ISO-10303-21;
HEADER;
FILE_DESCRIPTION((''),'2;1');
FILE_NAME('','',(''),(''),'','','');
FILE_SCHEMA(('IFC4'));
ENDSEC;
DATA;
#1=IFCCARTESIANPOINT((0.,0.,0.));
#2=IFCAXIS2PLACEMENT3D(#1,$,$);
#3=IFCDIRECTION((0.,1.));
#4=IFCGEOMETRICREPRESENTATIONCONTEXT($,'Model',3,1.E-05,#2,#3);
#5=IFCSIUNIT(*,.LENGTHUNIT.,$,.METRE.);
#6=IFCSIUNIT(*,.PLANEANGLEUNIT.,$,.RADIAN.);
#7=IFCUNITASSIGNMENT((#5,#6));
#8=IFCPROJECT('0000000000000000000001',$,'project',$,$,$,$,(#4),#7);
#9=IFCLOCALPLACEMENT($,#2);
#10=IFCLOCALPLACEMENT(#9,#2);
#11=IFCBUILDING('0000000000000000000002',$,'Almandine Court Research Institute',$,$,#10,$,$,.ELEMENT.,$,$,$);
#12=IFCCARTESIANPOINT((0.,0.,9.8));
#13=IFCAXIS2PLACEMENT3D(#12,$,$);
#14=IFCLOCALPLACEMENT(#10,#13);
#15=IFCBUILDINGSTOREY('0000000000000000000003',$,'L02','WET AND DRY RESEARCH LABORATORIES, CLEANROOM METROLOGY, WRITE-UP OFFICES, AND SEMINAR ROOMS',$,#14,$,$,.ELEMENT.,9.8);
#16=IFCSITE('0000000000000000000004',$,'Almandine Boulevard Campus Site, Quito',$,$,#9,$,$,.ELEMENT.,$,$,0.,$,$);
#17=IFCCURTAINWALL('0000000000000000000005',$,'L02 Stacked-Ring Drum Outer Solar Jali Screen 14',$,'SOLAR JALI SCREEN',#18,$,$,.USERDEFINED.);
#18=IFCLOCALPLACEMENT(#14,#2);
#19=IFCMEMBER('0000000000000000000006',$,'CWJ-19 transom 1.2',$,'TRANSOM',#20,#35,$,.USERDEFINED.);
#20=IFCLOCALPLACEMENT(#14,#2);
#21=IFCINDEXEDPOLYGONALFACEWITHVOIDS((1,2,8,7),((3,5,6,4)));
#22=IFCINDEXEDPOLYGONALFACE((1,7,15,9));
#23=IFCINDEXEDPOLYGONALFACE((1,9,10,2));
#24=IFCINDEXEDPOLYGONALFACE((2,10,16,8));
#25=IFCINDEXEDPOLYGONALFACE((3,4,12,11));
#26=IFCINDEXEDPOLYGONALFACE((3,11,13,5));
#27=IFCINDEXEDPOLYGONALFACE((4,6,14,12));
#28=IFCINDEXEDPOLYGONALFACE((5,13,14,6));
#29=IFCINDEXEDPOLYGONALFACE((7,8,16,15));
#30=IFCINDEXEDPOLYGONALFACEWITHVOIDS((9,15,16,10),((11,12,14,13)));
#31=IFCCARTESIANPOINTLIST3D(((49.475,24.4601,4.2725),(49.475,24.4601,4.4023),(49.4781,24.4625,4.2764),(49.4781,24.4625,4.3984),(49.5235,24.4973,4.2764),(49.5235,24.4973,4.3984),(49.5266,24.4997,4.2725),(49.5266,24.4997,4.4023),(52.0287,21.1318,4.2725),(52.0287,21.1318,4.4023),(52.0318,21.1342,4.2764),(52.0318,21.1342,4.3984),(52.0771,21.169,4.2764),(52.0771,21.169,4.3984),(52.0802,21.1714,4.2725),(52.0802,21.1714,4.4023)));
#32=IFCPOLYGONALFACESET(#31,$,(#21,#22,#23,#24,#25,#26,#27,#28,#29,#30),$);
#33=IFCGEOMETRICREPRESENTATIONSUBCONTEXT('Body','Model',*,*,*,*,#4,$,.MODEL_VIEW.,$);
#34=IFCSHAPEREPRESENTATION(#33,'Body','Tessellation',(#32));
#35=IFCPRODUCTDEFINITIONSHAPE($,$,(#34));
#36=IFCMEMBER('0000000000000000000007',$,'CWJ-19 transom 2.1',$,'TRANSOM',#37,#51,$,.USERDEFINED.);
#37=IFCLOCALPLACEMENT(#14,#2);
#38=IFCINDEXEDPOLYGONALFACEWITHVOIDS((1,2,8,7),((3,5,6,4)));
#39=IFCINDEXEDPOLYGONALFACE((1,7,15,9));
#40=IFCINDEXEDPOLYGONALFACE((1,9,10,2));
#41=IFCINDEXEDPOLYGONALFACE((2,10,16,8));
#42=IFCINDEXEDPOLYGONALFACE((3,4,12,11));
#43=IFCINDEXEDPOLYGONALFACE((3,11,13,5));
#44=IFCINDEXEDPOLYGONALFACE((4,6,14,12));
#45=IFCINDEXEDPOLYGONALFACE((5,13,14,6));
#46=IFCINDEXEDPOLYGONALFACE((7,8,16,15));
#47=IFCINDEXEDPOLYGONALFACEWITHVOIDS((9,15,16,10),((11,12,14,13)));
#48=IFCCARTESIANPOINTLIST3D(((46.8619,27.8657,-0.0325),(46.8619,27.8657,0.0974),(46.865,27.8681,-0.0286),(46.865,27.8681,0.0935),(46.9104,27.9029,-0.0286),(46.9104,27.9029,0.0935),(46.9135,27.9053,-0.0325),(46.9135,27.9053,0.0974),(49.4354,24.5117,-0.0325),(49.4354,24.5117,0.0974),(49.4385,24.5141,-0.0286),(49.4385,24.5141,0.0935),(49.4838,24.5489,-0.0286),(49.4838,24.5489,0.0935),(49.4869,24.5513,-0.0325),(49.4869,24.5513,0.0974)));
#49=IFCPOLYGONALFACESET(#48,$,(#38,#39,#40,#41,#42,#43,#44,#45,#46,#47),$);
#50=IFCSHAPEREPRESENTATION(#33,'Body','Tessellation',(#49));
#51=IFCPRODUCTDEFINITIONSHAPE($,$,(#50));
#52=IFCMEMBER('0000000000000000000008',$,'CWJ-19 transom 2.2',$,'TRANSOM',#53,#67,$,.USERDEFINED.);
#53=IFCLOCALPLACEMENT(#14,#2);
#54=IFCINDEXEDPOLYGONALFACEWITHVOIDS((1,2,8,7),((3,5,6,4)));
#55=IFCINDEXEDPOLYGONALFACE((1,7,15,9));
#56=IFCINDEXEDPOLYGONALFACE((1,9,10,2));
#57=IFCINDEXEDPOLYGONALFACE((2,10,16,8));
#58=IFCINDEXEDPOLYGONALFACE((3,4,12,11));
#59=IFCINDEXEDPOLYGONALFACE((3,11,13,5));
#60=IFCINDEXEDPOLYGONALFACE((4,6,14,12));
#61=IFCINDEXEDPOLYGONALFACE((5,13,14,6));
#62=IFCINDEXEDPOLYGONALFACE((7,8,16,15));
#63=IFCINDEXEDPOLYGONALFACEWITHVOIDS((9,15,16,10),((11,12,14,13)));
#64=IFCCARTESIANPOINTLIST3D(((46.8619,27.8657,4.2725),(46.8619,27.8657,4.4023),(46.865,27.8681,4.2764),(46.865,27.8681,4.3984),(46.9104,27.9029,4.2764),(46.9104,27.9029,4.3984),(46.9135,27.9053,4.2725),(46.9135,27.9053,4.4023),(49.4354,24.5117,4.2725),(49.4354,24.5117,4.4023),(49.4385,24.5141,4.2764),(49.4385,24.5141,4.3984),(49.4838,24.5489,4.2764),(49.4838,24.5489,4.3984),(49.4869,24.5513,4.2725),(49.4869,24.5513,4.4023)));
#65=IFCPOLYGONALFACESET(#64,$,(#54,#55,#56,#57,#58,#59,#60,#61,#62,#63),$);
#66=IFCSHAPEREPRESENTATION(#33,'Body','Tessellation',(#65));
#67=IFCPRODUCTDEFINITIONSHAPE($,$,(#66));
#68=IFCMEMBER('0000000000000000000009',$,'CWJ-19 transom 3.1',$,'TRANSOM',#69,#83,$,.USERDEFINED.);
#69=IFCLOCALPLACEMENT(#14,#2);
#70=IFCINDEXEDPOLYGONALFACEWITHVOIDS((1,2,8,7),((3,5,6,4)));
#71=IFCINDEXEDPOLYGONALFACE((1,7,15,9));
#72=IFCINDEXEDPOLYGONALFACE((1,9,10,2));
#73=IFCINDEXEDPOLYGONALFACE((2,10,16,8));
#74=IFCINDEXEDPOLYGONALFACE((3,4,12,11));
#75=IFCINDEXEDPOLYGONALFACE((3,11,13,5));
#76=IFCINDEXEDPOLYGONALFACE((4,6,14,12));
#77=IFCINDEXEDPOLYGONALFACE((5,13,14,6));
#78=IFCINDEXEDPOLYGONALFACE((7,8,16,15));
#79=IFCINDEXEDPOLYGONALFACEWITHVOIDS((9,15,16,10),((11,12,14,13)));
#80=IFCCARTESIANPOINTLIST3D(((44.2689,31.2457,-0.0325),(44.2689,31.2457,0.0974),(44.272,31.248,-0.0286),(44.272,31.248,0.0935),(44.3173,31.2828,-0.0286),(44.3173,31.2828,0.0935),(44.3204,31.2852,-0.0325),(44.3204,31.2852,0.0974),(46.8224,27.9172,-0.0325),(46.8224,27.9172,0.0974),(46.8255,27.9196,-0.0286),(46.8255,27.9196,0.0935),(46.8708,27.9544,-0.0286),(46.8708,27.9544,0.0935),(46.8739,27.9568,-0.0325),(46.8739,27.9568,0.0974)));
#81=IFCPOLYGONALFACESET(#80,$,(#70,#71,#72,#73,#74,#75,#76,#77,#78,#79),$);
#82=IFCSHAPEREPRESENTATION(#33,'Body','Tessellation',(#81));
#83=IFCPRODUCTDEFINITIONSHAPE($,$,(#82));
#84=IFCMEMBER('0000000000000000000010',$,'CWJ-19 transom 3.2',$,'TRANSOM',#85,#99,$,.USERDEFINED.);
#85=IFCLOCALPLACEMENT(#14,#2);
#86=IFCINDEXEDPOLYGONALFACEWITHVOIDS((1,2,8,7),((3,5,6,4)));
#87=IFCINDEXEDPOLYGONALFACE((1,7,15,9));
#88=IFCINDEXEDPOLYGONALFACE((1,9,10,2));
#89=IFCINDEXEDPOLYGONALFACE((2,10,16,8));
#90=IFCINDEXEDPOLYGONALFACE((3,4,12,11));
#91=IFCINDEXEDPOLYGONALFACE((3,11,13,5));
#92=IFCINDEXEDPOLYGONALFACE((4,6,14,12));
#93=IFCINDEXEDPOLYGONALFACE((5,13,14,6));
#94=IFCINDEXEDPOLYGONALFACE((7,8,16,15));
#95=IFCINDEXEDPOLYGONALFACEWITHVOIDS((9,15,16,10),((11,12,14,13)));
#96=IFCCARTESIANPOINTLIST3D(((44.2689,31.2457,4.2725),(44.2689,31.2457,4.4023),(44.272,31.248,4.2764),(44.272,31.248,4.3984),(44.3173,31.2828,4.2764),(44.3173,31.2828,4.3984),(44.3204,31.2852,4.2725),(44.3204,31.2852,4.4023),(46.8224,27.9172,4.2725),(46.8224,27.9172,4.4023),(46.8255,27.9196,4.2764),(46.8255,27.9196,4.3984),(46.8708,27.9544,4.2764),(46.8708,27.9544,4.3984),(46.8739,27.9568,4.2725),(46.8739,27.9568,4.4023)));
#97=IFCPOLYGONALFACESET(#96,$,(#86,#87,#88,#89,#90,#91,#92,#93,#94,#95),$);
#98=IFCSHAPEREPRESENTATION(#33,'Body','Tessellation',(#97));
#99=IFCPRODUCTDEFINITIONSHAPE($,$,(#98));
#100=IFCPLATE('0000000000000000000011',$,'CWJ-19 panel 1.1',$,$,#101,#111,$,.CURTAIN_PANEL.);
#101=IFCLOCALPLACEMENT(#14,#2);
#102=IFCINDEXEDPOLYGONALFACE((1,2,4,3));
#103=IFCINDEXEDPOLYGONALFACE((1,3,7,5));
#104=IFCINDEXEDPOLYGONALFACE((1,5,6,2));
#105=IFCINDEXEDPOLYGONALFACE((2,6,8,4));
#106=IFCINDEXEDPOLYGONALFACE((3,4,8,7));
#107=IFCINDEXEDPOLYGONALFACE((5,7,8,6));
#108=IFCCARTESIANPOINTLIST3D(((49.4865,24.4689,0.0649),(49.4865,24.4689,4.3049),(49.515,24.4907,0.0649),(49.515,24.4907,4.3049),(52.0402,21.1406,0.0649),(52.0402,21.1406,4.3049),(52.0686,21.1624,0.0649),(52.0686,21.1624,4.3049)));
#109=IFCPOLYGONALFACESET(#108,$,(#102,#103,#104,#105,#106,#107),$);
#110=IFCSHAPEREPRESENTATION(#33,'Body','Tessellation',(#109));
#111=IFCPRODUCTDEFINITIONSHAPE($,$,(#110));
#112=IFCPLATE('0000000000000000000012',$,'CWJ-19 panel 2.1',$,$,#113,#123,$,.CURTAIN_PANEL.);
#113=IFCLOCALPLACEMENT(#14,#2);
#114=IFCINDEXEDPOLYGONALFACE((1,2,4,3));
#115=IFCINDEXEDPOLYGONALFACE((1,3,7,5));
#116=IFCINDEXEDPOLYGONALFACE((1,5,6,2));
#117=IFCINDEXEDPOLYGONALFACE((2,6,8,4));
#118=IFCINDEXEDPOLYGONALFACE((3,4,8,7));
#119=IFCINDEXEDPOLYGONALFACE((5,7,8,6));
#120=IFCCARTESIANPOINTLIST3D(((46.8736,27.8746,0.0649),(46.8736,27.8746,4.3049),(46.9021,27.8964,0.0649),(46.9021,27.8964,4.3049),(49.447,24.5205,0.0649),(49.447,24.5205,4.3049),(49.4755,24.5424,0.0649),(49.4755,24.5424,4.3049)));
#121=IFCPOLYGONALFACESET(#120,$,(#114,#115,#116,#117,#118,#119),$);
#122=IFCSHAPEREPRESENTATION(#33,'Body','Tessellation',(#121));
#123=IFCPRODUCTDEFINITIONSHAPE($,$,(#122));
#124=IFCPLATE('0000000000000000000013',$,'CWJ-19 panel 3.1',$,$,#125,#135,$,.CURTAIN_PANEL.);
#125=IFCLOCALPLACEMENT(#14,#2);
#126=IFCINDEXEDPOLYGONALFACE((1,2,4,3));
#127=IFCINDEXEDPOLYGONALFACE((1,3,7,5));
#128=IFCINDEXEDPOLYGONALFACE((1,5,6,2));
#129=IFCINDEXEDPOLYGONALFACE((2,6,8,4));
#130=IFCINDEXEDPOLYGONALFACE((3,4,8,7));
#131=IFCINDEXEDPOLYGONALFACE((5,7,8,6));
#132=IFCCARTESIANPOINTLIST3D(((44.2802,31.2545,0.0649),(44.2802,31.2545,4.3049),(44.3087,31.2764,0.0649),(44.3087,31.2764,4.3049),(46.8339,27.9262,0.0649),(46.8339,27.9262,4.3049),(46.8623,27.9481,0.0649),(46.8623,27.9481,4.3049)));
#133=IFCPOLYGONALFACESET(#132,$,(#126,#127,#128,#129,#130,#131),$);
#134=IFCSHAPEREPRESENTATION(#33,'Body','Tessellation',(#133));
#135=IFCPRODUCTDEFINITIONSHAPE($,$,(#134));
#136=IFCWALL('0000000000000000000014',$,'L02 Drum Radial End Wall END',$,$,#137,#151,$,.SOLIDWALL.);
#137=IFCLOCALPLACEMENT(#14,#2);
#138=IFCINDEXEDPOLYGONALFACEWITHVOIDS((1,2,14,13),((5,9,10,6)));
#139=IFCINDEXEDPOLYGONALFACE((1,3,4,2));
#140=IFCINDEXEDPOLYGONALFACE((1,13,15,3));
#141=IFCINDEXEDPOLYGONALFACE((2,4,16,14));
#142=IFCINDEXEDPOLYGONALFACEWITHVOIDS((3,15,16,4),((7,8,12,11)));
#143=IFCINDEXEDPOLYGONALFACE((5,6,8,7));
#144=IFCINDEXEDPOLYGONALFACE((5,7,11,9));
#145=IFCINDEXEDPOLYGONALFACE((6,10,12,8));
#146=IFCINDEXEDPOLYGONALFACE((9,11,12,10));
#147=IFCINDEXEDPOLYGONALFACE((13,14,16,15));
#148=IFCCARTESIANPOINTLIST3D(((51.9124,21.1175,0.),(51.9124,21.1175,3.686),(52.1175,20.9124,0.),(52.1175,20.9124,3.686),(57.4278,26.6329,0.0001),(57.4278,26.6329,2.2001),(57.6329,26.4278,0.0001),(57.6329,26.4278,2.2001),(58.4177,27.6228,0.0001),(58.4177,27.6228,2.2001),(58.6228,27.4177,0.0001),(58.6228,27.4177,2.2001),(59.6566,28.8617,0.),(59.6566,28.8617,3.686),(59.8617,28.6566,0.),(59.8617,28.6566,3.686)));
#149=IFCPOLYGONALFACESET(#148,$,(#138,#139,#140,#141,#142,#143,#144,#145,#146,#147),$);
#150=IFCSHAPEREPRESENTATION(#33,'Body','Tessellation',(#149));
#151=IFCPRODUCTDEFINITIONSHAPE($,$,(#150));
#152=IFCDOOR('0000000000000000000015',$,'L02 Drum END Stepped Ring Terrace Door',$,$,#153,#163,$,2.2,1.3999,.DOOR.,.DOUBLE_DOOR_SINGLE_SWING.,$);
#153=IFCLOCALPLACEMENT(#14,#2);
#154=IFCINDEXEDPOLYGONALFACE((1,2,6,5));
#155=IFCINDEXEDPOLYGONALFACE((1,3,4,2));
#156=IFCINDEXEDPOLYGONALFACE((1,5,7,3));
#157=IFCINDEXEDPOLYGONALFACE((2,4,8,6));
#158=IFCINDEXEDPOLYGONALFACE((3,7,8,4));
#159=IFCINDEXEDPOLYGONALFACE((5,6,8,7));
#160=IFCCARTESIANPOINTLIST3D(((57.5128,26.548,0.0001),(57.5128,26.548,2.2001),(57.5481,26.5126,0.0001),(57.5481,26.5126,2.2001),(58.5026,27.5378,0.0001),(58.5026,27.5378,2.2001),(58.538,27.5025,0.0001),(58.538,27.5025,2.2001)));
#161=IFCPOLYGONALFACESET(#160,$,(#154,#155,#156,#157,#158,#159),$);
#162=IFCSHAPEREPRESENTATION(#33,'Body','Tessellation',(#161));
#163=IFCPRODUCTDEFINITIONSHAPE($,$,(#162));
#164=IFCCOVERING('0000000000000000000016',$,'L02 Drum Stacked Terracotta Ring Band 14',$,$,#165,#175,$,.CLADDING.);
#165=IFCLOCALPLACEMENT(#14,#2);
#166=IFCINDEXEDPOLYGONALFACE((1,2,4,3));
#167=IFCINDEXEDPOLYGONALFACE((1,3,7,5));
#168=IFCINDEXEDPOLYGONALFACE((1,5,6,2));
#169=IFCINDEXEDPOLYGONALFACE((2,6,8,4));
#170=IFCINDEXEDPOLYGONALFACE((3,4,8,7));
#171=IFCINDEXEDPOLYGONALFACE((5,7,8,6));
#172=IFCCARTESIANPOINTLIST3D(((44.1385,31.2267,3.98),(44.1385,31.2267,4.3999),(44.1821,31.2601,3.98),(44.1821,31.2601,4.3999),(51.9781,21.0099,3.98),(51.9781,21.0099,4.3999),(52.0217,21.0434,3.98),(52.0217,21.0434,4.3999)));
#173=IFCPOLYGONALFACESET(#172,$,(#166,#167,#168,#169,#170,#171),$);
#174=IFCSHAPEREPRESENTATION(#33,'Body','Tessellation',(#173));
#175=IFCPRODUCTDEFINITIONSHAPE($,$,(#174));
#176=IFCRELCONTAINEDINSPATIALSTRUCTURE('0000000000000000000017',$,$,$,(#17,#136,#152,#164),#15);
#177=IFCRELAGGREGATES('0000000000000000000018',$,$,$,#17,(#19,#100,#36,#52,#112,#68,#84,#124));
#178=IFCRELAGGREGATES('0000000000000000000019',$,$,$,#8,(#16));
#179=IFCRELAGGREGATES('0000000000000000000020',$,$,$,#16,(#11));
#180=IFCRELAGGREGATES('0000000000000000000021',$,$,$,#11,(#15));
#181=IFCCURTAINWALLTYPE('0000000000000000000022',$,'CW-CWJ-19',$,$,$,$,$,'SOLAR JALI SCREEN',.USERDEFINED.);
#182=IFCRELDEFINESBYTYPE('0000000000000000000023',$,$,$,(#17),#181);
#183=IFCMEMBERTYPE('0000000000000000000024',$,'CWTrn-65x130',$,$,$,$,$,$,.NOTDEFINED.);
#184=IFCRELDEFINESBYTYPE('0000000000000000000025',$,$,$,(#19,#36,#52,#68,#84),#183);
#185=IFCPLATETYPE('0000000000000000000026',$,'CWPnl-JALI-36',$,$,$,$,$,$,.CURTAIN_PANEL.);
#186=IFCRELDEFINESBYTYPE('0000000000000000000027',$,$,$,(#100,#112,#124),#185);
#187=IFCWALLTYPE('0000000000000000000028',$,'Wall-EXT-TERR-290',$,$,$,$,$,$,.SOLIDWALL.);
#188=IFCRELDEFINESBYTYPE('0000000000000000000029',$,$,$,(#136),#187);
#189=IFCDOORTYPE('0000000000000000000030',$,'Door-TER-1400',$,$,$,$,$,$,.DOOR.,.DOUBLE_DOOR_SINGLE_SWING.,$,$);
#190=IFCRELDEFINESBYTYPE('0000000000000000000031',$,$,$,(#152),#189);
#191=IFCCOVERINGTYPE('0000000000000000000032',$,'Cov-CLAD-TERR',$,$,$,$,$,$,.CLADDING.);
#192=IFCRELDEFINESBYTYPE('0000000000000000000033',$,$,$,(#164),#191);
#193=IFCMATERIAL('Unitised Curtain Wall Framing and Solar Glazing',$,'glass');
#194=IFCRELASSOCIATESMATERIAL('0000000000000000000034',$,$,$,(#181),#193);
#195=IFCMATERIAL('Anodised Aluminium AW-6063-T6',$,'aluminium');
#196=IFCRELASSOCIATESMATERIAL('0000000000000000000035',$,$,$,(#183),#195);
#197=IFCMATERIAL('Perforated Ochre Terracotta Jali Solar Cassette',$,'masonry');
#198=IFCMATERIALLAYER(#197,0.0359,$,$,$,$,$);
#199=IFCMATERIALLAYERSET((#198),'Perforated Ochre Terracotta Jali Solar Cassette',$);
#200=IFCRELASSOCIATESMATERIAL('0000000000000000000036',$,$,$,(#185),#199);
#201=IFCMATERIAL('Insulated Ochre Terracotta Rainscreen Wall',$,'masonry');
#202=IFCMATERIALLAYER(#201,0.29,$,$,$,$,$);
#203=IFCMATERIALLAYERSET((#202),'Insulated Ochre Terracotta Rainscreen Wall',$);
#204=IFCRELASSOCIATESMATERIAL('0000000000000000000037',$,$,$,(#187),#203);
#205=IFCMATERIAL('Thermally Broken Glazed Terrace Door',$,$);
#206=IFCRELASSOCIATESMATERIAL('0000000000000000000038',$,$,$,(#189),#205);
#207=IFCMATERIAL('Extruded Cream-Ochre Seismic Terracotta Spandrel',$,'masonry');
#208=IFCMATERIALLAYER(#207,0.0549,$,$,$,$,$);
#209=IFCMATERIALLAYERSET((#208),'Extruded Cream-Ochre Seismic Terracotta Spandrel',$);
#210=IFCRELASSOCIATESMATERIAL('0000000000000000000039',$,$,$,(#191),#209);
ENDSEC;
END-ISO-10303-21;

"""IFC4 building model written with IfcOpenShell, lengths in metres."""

from ifc_helpers import new_model, si_unit, direction, frame, frame_2d, origin, origin_2d, place, context, subcontext, project, spatial, rectangle, hollow_rectangle, extrude, material, layer, layer_set, material_profile, profile_set, type_object, element, fill, aggregate, save


model = new_model("IFC4")

# Units and contexts
model_context = context("Model", 3, precision=1e-05, world=origin(), true_north=direction((0.0, 1.0)))
body_context = subcontext(model_context, "Body", "Model", "MODEL_VIEW")
ifc_project = project(units=[si_unit("LENGTHUNIT", "METRE"), si_unit("PLANEANGLEUNIT", "RADIAN")], contexts=[model_context])

# Site, building, storey
site_placement = place(None, origin())
site = spatial("IfcSite", under=ifc_project, at=site_placement, Name="Almandine Boulevard Campus Site, Quito", CompositionType="ELEMENT", RefElevation=0.0)
building_placement = place(site_placement, origin())
building = spatial("IfcBuilding", under=site, at=building_placement, Name="Almandine Court Research Institute", CompositionType="ELEMENT")
storey_placement = place(building_placement, frame((0.0, 0.0, 9.8)))
storey = spatial("IfcBuildingStorey", under=building, at=storey_placement, Name="L02", Description="WET AND DRY RESEARCH LABORATORIES, CLEANROOM METROLOGY, WRITE-UP OFFICES, AND SEMINAR ROOMS", CompositionType="ELEMENT", Elevation=9.8)

# Shared definitions
ifc_material_1 = material(Name="Unitised Curtain Wall Framing and Solar Glazing", Category="glass")
curtain_wall_type = type_object("IfcCurtainWallType", Name="CW-CWJ-19", ElementType="SOLAR JALI SCREEN", PredefinedType="USERDEFINED", material=ifc_material_1)
ifc_material_2 = material(Name="Anodised Aluminium AW-6063-T6", Category="aluminium")

# Curtain wall
curtain_wall_1_placement = place(storey_placement, origin())
curtain_wall_1 = element("IfcCurtainWall", 1, at=curtain_wall_1_placement, inside=storey, type_object=curtain_wall_type, Name="L02 Stacked-Ring Drum Outer Solar Jali Screen 14", ObjectType="SOLAR JALI SCREEN", PredefinedType="USERDEFINED")

# Members
ifc_material_profile_1 = material_profile(ifc_material_2, hollow_rectangle(XDim=0.0649, YDim=0.1299, WallThickness=0.0039, at=origin_2d()), Name="ALU RHS 65x130x4")
ifc_profile_set_1 = profile_set([ifc_material_profile_1], Name="Anodised Aluminium AW-6063-T6")
member_type_1 = type_object("IfcMemberType", Name="CWTrn-65x130", PredefinedType="NOTDEFINED", material=ifc_profile_set_1)
member_1_placement = place(storey_placement, frame((52.0544, 21.1516, 4.3374), z_axis=(-0.608726, 0.793381, 0.0), x_axis=(-0.793381, -0.608726, 0.0)))
member_1 = element("IfcMember", 2, at=member_1_placement, type_object=member_type_1, Name="CWJ-19 transom 1.2", ObjectType="TRANSOM", PredefinedType="USERDEFINED", context=body_context, shape_type="SweptSolid", body=[
    extrude(hollow_rectangle(XDim=0.0649, YDim=0.1299, WallThickness=0.0039, at=origin_2d()), origin(), (0.0, 0.0, 1.0), 4.1951),
])
member_2_placement = place(storey_placement, frame((49.4612, 24.5315, 0.0325), z_axis=(-0.608742, 0.793368, 0.0), x_axis=(-0.793368, -0.608742, 0.0)))
member_2 = element("IfcMember", 3, at=member_2_placement, type_object=member_type_1, Name="CWJ-19 transom 2.1", ObjectType="TRANSOM", PredefinedType="USERDEFINED", context=body_context, shape_type="SweptSolid", body=[
    extrude(hollow_rectangle(XDim=0.0649, YDim=0.1299, WallThickness=0.0039, at=origin_2d()), origin(), (0.0, 0.0, 1.0), 4.2275),
])
member_3_placement = place(storey_placement, frame((49.4612, 24.5315, 4.3374), z_axis=(-0.608742, 0.793368, 0.0), x_axis=(-0.793368, -0.608742, 0.0)))
member_3 = element("IfcMember", 4, at=member_3_placement, type_object=member_type_1, Name="CWJ-19 transom 2.2", ObjectType="TRANSOM", PredefinedType="USERDEFINED", context=body_context, shape_type="SweptSolid", body=[
    extrude(hollow_rectangle(XDim=0.0649, YDim=0.1299, WallThickness=0.0039, at=origin_2d()), origin(), (0.0, 0.0, 1.0), 4.2275),
])
member_4_placement = place(storey_placement, frame((46.8481, 27.937, 0.0325), z_axis=(-0.608689, 0.793409, 0.0), x_axis=(-0.793409, -0.608689, 0.0)))
member_4 = element("IfcMember", 5, at=member_4_placement, type_object=member_type_1, Name="CWJ-19 transom 3.1", ObjectType="TRANSOM", PredefinedType="USERDEFINED", context=body_context, shape_type="SweptSolid", body=[
    extrude(hollow_rectangle(XDim=0.0649, YDim=0.1299, WallThickness=0.0039, at=origin_2d()), origin(), (0.0, 0.0, 1.0), 4.1951),
])
member_5_placement = place(storey_placement, frame((46.8481, 27.937, 4.3374), z_axis=(-0.608689, 0.793409, 0.0), x_axis=(-0.793409, -0.608689, 0.0)))
member_5 = element("IfcMember", 6, at=member_5_placement, type_object=member_type_1, Name="CWJ-19 transom 3.2", ObjectType="TRANSOM", PredefinedType="USERDEFINED", context=body_context, shape_type="SweptSolid", body=[
    extrude(hollow_rectangle(XDim=0.0649, YDim=0.1299, WallThickness=0.0039, at=origin_2d()), origin(), (0.0, 0.0, 1.0), 4.1951),
])

# Plates
ifc_material_3 = material(Name="Perforated Ochre Terracotta Jali Solar Cassette", Category="masonry")
ifc_layer_1 = layer(ifc_material_3, 0.0359)
ifc_layer_set_1 = layer_set([ifc_layer_1], Name="Perforated Ochre Terracotta Jali Solar Cassette")
plate_type = type_object("IfcPlateType", Name="CWPnl-JALI-36", PredefinedType="CURTAIN_PANEL", material=ifc_layer_set_1)
plate_1_placement = place(storey_placement, frame((50.7776, 22.8157, 0.0649), z_axis=(0.0, 0.0, 1.0), x_axis=(-0.608723, 0.793383, 0.0)))
plate_1 = element("IfcPlate", 7, at=plate_1_placement, type_object=plate_type, Name="CWJ-19 panel 1.1", PredefinedType="CURTAIN_PANEL", context=body_context, shape_type="SweptSolid", body=[
    extrude(rectangle(XDim=4.1951, YDim=0.0359, at=origin_2d()), origin(), (0.0, 0.0, 1.0), 4.24),
])
plate_2_placement = place(storey_placement, frame((48.1746, 26.2085, 0.0649), z_axis=(0.0, 0.0, 1.0), x_axis=(-0.608723, 0.793383, 0.0)))
plate_2 = element("IfcPlate", 8, at=plate_2_placement, type_object=plate_type, Name="CWJ-19 panel 2.1", PredefinedType="CURTAIN_PANEL", context=body_context, shape_type="SweptSolid", body=[
    extrude(rectangle(XDim=4.2275, YDim=0.0359, at=origin_2d()), origin(), (0.0, 0.0, 1.0), 4.24),
])
plate_3_placement = place(storey_placement, frame((45.5713, 29.6013, 0.0649), z_axis=(0.0, 0.0, 1.0), x_axis=(-0.608723, 0.793383, 0.0)))
plate_3 = element("IfcPlate", 9, at=plate_3_placement, type_object=plate_type, Name="CWJ-19 panel 3.1", PredefinedType="CURTAIN_PANEL", context=body_context, shape_type="SweptSolid", body=[
    extrude(rectangle(XDim=4.1951, YDim=0.0359, at=origin_2d()), origin(), (0.0, 0.0, 1.0), 4.24),
])
aggregate(curtain_wall_1, [member_1, plate_1, member_2, member_3, plate_2, member_4, member_5, plate_3])

# Wall, opening, door
ifc_material_4 = material(Name="Insulated Ochre Terracotta Rainscreen Wall", Category="masonry")
ifc_layer_2 = layer(ifc_material_4, 0.29)
ifc_layer_set_2 = layer_set([ifc_layer_2], Name="Insulated Ochre Terracotta Rainscreen Wall")
wall_type = type_object("IfcWallType", Name="Wall-EXT-TERR-290", PredefinedType="SOLIDWALL", material=ifc_layer_set_2)
wall_placement = place(storey_placement, frame((52.0149, 21.0149, 0.0), z_axis=(0.0, 0.0, 1.0), x_axis=(0.707107, 0.707107, 0.0)))
wall = element("IfcWall", 10, at=wall_placement, inside=storey, type_object=wall_type, Name="L02 Drum Radial End Wall END", PredefinedType="SOLIDWALL", context=body_context, shape_type="SweptSolid", body=[
    extrude(rectangle(XDim=10.9519, YDim=0.29, at=frame_2d((5.4761, 0.0))), origin(), (0.0, 0.0, 1.0), 3.686),
])
opening_placement = place(wall_placement, frame((7.8, 0.0, 0.0)))
opening = element("IfcOpeningElement", 11, at=opening_placement, cuts=wall, PredefinedType="OPENING", context=body_context, shape_type="SweptSolid", body=[
    extrude(rectangle(XDim=1.3999, YDim=2.2, at=frame_2d((0.7, 1.1001))), frame((0.0, 0.155, 0.0), z_axis=(0.0, -1.0, 0.0), x_axis=(1.0, 0.0, 0.0)), (0.0, 0.0, 1.0), 0.3101),
])
ifc_material_5 = material(Name="Thermally Broken Glazed Terrace Door")
door_type = type_object("IfcDoorType", Name="Door-TER-1400", OperationType="DOUBLE_DOOR_SINGLE_SWING", PredefinedType="DOOR", material=ifc_material_5)
door_placement = place(opening_placement, origin())
door = element("IfcDoor", 12, at=door_placement, inside=storey, type_object=door_type, Name="L02 Drum END Stepped Ring Terrace Door", OperationType="DOUBLE_DOOR_SINGLE_SWING", OverallHeight=2.2, OverallWidth=1.3999, PredefinedType="DOOR", context=body_context, shape_type="SweptSolid", body=[
    extrude(rectangle(XDim=1.3999, YDim=2.2, at=frame_2d((0.7, 1.1001))), frame((0.0, 0.0249, 0.0), z_axis=(0.0, -1.0, 0.0), x_axis=(1.0, 0.0, 0.0)), (0.0, 0.0, 1.0), 0.05),
])
fill(opening, door)

# Covering
ifc_material_6 = material(Name="Extruded Cream-Ochre Seismic Terracotta Spandrel", Category="masonry")
ifc_layer_3 = layer(ifc_material_6, 0.0549)
ifc_layer_set_3 = layer_set([ifc_layer_3], Name="Extruded Cream-Ochre Seismic Terracotta Spandrel")
covering_type = type_object("IfcCoveringType", Name="Cov-CLAD-TERR", PredefinedType="CLADDING", material=ifc_layer_set_3)
covering_placement = place(storey_placement, frame((48.0801, 26.135, 3.98), z_axis=(0.0, 0.0, 1.0), x_axis=(-0.608761, 0.793353, 0.0)))
element("IfcCovering", 13, at=covering_placement, inside=storey, type_object=covering_type, Name="L02 Drum Stacked Terracotta Ring Band 14", PredefinedType="CLADDING", context=body_context, shape_type="SweptSolid", body=[
    extrude(rectangle(XDim=12.8779, YDim=0.0549, at=origin_2d()), origin(), (0.0, 0.0, 1.0), 0.4199),
])

save(model, "model.ifc")
